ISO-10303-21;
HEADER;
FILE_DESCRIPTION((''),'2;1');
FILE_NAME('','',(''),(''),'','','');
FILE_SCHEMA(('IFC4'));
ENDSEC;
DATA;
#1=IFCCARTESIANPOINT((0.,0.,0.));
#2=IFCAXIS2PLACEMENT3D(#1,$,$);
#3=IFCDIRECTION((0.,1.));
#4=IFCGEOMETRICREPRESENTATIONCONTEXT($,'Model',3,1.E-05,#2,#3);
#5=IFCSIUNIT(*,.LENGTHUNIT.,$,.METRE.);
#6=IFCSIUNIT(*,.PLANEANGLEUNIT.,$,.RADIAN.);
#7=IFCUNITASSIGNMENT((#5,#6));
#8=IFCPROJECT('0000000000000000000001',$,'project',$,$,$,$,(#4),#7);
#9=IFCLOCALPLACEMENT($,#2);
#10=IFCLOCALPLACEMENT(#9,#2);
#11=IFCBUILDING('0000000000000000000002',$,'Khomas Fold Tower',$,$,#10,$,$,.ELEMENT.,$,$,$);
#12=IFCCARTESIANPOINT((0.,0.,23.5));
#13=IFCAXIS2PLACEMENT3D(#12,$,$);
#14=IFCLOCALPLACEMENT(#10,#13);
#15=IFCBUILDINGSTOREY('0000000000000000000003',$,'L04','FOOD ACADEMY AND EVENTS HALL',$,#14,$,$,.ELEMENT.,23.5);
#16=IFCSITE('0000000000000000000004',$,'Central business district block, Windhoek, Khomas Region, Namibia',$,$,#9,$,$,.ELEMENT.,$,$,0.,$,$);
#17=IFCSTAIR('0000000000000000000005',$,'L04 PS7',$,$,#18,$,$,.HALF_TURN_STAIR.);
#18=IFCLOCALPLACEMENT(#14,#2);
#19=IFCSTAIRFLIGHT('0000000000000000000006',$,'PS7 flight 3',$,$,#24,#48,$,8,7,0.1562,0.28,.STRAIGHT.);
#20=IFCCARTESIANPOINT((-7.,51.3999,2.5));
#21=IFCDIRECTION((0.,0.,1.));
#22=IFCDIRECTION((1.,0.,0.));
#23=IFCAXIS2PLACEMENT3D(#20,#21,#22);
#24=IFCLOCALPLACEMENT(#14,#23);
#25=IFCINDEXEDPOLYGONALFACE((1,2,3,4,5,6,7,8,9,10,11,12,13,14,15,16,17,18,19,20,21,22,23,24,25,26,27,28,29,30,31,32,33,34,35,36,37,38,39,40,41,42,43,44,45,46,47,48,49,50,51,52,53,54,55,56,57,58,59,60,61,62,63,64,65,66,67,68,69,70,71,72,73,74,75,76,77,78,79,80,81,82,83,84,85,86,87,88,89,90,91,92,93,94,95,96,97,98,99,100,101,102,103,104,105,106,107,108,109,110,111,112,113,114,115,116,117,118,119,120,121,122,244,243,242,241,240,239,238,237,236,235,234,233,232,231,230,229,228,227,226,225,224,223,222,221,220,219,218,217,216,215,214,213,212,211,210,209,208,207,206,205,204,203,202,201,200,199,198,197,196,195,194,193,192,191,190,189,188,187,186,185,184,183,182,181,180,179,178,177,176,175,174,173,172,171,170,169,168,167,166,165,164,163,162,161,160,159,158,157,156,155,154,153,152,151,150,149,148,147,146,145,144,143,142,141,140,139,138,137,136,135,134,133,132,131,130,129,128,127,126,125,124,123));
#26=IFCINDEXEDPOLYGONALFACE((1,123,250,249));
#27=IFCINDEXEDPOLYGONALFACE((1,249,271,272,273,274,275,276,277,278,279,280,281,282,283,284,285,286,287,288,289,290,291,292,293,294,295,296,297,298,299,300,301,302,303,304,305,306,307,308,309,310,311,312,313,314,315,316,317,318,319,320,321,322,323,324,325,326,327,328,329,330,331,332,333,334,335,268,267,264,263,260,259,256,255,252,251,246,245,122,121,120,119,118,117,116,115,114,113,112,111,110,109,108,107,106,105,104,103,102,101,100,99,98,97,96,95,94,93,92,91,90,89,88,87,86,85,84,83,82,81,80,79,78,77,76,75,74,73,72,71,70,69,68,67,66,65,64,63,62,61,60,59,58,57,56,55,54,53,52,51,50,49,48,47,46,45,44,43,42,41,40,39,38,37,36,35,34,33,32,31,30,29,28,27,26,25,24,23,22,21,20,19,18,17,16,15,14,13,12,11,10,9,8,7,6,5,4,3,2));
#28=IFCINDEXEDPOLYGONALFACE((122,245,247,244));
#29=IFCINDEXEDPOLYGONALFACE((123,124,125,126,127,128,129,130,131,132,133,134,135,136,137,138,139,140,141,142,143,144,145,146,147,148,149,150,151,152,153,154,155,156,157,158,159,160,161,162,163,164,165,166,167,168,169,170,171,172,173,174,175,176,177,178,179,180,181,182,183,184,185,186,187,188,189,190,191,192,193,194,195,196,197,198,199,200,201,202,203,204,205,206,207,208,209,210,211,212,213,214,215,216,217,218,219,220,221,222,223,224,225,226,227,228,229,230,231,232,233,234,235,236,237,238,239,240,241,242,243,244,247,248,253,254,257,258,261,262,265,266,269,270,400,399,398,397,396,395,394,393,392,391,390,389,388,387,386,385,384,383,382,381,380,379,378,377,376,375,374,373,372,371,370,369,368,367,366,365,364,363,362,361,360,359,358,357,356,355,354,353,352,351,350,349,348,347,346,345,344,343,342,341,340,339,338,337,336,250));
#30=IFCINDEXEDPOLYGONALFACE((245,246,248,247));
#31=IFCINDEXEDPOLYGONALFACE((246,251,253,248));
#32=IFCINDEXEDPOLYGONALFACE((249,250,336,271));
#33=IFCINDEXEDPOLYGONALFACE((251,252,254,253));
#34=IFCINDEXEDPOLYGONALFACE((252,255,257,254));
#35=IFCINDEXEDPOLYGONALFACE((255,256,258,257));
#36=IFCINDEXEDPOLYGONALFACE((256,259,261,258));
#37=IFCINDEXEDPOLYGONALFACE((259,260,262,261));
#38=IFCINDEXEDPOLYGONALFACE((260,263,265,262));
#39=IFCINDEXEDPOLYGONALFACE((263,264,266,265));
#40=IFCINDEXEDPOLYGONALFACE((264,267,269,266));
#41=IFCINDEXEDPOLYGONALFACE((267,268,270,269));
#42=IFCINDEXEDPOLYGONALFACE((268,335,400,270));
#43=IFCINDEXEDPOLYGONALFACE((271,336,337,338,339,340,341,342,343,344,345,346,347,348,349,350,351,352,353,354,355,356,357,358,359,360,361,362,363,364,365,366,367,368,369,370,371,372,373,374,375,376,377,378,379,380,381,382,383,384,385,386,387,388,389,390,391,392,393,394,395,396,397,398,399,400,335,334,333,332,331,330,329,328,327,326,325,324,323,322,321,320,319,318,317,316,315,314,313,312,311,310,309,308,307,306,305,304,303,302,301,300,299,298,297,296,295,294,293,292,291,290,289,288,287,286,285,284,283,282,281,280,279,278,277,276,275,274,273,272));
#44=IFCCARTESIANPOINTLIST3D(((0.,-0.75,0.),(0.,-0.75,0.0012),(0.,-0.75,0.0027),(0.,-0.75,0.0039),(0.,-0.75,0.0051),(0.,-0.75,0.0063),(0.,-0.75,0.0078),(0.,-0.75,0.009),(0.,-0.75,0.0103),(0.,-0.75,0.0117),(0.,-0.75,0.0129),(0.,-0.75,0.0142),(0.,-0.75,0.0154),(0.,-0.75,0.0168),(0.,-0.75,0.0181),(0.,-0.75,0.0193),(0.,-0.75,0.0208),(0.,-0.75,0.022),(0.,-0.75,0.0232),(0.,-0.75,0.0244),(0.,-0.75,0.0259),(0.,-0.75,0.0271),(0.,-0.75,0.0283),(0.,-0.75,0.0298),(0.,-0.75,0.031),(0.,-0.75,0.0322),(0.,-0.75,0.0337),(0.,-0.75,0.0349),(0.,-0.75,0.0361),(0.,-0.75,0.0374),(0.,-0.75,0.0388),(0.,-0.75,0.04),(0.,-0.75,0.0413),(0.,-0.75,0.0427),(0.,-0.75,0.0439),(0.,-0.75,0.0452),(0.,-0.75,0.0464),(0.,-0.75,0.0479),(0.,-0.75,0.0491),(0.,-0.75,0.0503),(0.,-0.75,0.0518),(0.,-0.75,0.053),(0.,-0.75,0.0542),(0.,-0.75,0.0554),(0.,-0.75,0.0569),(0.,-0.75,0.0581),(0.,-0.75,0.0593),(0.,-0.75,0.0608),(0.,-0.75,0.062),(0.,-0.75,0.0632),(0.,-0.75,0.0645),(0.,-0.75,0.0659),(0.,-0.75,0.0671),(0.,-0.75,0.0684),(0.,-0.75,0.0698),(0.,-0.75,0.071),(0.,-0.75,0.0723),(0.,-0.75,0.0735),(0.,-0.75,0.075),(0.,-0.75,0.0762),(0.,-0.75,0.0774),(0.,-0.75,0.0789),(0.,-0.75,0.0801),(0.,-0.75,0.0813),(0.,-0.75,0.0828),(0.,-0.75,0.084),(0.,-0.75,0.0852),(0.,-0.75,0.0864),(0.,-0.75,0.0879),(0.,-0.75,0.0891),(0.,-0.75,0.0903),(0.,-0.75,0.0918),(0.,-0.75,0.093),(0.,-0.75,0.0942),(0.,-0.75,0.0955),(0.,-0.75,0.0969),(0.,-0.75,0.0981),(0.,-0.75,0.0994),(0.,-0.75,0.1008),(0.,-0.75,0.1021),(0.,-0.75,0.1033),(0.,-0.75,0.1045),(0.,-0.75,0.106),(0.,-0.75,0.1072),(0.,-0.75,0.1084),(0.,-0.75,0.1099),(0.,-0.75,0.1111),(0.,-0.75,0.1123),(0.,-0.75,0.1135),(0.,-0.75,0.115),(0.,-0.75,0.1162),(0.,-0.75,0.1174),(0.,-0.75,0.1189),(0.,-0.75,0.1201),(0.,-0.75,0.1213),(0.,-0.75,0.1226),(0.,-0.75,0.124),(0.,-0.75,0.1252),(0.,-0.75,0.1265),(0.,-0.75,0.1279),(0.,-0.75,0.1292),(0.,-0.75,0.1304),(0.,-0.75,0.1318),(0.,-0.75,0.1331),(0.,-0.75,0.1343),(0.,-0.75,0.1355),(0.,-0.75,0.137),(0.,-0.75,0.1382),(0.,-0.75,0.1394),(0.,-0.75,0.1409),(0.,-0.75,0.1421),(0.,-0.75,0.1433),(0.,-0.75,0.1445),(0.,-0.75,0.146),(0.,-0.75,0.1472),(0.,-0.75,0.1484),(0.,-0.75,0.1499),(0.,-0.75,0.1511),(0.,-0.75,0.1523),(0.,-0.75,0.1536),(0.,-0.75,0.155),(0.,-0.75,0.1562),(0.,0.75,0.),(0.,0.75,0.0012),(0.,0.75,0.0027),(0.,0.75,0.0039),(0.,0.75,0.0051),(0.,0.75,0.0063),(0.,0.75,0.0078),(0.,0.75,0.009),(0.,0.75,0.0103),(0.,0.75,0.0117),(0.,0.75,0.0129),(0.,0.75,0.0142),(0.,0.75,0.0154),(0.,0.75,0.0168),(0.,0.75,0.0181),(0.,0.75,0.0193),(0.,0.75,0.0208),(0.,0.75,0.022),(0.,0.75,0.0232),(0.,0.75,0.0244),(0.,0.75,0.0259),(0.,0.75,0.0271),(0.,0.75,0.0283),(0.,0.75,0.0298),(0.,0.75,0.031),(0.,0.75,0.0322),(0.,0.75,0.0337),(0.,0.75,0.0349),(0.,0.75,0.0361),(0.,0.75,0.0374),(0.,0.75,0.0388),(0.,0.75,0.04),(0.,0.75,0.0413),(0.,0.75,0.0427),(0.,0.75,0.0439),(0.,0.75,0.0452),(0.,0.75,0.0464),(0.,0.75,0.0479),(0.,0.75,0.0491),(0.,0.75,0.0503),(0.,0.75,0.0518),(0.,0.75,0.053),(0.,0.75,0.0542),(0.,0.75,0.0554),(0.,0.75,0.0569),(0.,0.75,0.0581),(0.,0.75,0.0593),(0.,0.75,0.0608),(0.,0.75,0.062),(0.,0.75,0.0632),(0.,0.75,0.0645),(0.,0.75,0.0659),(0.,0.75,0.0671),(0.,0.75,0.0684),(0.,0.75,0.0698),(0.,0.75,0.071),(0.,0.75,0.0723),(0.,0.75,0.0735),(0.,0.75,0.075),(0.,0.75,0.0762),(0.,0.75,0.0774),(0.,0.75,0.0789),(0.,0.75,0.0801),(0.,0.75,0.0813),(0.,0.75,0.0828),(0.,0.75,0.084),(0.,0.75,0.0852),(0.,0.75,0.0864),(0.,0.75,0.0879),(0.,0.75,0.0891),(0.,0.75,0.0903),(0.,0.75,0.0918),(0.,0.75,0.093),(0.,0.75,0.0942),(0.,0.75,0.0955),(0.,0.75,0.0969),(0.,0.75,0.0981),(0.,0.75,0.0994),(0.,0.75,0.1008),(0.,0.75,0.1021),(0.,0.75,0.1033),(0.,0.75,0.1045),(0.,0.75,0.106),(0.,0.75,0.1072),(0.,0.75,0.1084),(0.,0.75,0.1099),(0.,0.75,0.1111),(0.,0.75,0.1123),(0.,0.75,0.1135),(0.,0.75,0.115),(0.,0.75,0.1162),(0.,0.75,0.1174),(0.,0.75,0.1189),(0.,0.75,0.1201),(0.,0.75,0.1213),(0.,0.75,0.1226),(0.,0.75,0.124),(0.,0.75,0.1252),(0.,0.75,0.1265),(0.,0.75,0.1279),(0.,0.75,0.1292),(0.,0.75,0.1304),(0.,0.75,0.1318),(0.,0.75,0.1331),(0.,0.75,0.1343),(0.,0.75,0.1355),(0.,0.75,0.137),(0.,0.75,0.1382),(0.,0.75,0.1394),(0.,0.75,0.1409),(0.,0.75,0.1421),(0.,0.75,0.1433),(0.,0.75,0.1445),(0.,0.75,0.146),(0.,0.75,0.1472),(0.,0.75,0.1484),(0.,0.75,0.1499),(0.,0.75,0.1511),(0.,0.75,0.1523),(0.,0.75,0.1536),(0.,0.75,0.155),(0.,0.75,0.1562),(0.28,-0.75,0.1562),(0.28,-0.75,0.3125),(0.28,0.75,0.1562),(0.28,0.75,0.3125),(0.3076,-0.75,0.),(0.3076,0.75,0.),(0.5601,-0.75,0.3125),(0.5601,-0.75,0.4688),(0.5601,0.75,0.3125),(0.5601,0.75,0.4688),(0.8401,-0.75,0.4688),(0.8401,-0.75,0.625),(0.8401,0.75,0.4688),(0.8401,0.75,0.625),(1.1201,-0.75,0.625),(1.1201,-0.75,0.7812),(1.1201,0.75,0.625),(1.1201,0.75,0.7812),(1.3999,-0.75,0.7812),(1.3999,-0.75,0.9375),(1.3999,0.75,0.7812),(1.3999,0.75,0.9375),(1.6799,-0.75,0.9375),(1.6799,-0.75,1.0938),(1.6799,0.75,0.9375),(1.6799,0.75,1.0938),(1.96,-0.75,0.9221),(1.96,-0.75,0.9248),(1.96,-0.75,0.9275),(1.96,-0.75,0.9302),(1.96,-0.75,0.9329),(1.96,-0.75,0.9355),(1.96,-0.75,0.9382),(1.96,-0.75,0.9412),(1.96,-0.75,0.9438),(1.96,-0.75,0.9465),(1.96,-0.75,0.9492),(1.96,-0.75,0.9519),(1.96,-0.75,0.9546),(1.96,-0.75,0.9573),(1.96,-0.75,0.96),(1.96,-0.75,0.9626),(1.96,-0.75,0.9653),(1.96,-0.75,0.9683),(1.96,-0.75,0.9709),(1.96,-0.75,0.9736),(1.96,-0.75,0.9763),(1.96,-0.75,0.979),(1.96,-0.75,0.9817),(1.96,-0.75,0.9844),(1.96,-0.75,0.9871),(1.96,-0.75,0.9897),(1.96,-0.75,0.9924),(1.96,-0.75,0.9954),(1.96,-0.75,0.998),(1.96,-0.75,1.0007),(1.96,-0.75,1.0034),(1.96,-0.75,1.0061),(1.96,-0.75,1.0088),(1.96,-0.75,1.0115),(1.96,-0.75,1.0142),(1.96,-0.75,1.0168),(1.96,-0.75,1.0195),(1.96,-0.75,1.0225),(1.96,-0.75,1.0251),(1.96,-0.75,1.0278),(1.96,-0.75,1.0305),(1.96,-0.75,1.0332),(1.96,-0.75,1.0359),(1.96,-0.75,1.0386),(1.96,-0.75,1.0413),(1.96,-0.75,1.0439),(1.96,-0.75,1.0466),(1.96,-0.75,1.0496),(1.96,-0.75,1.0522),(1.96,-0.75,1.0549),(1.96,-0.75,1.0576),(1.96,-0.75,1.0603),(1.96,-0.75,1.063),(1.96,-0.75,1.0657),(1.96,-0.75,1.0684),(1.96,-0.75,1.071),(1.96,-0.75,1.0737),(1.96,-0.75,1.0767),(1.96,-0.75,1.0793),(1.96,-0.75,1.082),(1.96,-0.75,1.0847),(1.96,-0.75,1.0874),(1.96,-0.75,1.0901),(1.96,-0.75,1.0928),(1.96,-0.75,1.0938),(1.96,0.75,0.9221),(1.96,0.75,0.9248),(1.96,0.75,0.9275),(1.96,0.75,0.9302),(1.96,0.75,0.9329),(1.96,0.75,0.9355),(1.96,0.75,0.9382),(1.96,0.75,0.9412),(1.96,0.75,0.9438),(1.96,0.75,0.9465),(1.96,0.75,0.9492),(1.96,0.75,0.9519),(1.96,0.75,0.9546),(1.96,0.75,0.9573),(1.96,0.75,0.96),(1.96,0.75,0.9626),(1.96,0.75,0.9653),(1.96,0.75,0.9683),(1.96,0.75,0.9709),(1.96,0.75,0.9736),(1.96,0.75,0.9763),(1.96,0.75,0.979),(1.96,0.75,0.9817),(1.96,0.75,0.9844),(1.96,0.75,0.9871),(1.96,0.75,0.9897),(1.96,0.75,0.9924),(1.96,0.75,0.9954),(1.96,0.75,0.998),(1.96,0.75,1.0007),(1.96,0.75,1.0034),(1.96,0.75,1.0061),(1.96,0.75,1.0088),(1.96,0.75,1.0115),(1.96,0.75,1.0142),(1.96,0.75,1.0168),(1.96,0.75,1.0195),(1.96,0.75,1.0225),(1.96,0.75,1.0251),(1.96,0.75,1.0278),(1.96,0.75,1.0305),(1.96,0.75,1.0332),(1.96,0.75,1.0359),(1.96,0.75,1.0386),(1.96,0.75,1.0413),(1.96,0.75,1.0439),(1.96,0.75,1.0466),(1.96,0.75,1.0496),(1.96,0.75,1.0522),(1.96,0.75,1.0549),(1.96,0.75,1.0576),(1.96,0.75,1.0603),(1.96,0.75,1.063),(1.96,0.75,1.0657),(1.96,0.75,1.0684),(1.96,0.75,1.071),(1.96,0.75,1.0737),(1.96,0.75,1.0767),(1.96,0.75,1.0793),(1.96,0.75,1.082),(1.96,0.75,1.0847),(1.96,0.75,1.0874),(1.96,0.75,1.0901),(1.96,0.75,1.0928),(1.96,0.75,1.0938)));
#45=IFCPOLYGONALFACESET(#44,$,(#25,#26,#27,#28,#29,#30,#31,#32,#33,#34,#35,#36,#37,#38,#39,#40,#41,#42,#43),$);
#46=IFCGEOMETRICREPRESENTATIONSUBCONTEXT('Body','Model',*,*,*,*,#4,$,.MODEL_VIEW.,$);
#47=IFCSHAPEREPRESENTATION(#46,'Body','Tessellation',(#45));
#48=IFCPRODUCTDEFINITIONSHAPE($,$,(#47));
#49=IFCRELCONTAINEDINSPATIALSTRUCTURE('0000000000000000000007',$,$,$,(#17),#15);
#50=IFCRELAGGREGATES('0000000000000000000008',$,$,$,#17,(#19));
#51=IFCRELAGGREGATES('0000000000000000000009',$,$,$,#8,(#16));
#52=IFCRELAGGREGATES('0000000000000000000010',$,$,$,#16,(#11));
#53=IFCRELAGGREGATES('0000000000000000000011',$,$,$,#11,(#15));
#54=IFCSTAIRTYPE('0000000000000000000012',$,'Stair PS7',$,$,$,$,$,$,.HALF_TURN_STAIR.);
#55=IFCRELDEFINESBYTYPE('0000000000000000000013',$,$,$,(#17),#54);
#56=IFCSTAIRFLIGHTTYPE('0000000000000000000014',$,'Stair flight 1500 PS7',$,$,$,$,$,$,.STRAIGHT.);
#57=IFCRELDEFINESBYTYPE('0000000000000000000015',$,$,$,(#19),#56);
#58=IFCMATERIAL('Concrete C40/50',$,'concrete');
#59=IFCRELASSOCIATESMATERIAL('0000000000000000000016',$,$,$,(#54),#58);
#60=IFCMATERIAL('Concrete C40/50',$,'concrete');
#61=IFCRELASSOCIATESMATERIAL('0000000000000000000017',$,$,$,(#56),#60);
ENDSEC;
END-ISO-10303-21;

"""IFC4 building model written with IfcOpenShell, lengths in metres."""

from ifc_helpers import new_model, si_unit, direction, frame, origin, place, context, subcontext, project, spatial, polyline, outline, extrude, source, transform, mapped, material, type_object, element, aggregate, save


model = new_model("IFC4")

# Units and contexts
model_context = context("Model", 3, precision=1e-05, world=origin(), true_north=direction((0.0, 1.0)))
body_context = subcontext(model_context, "Body", "Model", "MODEL_VIEW")
ifc_project = project(units=[si_unit("LENGTHUNIT", "METRE"), si_unit("PLANEANGLEUNIT", "RADIAN")], contexts=[model_context])

# Site, building, storey
site_placement = place(None, origin())
site = spatial("IfcSite", under=ifc_project, at=site_placement, Name="Central business district block, Windhoek, Khomas Region, Namibia", CompositionType="ELEMENT", RefElevation=0.0)
building_placement = place(site_placement, origin())
building = spatial("IfcBuilding", under=site, at=building_placement, Name="Khomas Fold Tower", CompositionType="ELEMENT")
storey_placement = place(building_placement, frame((0.0, 0.0, 23.5)))
storey = spatial("IfcBuildingStorey", under=building, at=storey_placement, Name="L04", Description="FOOD ACADEMY AND EVENTS HALL", CompositionType="ELEMENT", Elevation=23.5)

# Stair, stair flight
ifc_material_1 = material(Name="Concrete C40/50", Category="concrete")
stair_type_1 = type_object("IfcStairType", Name="Stair PS7", PredefinedType="HALF_TURN_STAIR", material=ifc_material_1)
stair_1_placement = place(storey_placement, origin())
stair_1 = element("IfcStair", 1, at=stair_1_placement, inside=storey, type_object=stair_type_1, Name="L04 PS7", PredefinedType="HALF_TURN_STAIR")
ifc_material_2 = material(Name="Concrete C40/50", Category="concrete")
stair_flight_type_1 = type_object("IfcStairFlightType", Name="Stair flight 1500 PS7", PredefinedType="STRAIGHT", material=ifc_material_2)
shared_shape_1 = source(origin(), body_context, "Body", "SweptSolid", [
    extrude(outline(polyline([(0.0, 0.0), (0.0, 0.0012), (0.0, 0.0027), (0.0, 0.0039), (0.0, 0.0051), (0.0, 0.0063), (0.0, 0.0078), (0.0, 0.009), (0.0, 0.0103), (0.0, 0.0117), (0.0, 0.0129), (0.0, 0.0142), (0.0, 0.0154), (0.0, 0.0168), (0.0, 0.0181), (0.0, 0.0193), (0.0, 0.0208), (0.0, 0.022), (0.0, 0.0232), (0.0, 0.0244), (0.0, 0.0259), (0.0, 0.0271), (0.0, 0.0283), (0.0, 0.0298), (0.0, 0.031), (0.0, 0.0322), (0.0, 0.0337), (0.0, 0.0349), (0.0, 0.0361), (0.0, 0.0374), (0.0, 0.0388), (0.0, 0.04), (0.0, 0.0413), (0.0, 0.0427), (0.0, 0.0439), (0.0, 0.0452), (0.0, 0.0464), (0.0, 0.0479), (0.0, 0.0491), (0.0, 0.0503), (0.0, 0.0518), (0.0, 0.053), (0.0, 0.0542), (0.0, 0.0554), (0.0, 0.0569), (0.0, 0.0581), (0.0, 0.0593), (0.0, 0.0608), (0.0, 0.062), (0.0, 0.0632), (0.0, 0.0645), (0.0, 0.0659), (0.0, 0.0671), (0.0, 0.0684), (0.0, 0.0698), (0.0, 0.071), (0.0, 0.0723), (0.0, 0.0735), (0.0, 0.075), (0.0, 0.0762), (0.0, 0.0774), (0.0, 0.0789), (0.0, 0.0801), (0.0, 0.0813), (0.0, 0.0828), (0.0, 0.084), (0.0, 0.0852), (0.0, 0.0864), (0.0, 0.0879), (0.0, 0.0891), (0.0, 0.0903), (0.0, 0.0918), (0.0, 0.093), (0.0, 0.0942), (0.0, 0.0955), (0.0, 0.0969), (0.0, 0.0981), (0.0, 0.0994), (0.0, 0.1008), (0.0, 0.1021), (0.0, 0.1033), (0.0, 0.1045), (0.0, 0.106), (0.0, 0.1072), (0.0, 0.1084), (0.0, 0.1099), (0.0, 0.1111), (0.0, 0.1123), (0.0, 0.1135), (0.0, 0.115), (0.0, 0.1162), (0.0, 0.1174), (0.0, 0.1189), (0.0, 0.1201), (0.0, 0.1213), (0.0, 0.1226), (0.0, 0.124), (0.0, 0.1252), (0.0, 0.1265), (0.0, 0.1279), (0.0, 0.1292), (0.0, 0.1304), (0.0, 0.1318), (0.0, 0.1331), (0.0, 0.1343), (0.0, 0.1355), (0.0, 0.137), (0.0, 0.1382), (0.0, 0.1394), (0.0, 0.1409), (0.0, 0.1421), (0.0, 0.1433), (0.0, 0.1445), (0.0, 0.146), (0.0, 0.1472), (0.0, 0.1484), (0.0, 0.1499), (0.0, 0.1511), (0.0, 0.1523), (0.0, 0.1536), (0.0, 0.155), (0.0, 0.1562), (0.28, 0.1562), (0.28, 0.3125), (0.5601, 0.3125), (0.5601, 0.4688), (0.8401, 0.4688), (0.8401, 0.625), (1.1201, 0.625), (1.1201, 0.7812), (1.3999, 0.7812), (1.3999, 0.9375), (1.6799, 0.9375), (1.6799, 1.0938), (1.96, 1.0938), (1.96, 1.25), (1.96, 1.2473), (1.96, 1.2446), (1.96, 1.2419), (1.96, 1.2393), (1.96, 1.2363), (1.96, 1.2336), (1.96, 1.231), (1.96, 1.2283), (1.96, 1.2256), (1.96, 1.2229), (1.96, 1.2202), (1.96, 1.2175), (1.96, 1.2148), (1.96, 1.2122), (1.96, 1.2092), (1.96, 1.2065), (1.96, 1.2039), (1.96, 1.2012), (1.96, 1.1985), (1.96, 1.1958), (1.96, 1.1931), (1.96, 1.1904), (1.96, 1.1877), (1.96, 1.1851), (1.96, 1.1821), (1.96, 1.1794), (1.96, 1.1768), (1.96, 1.1741), (1.96, 1.1714), (1.96, 1.1687), (1.96, 1.166), (1.96, 1.1633), (1.96, 1.1606), (1.96, 1.158), (1.96, 1.155), (1.96, 1.1523), (1.96, 1.1497), (1.96, 1.147), (1.96, 1.1443), (1.96, 1.1416), (1.96, 1.1389), (1.96, 1.1362), (1.96, 1.1335), (1.96, 1.1309), (1.96, 1.1279), (1.96, 1.1252), (1.96, 1.1226), (1.96, 1.1199), (1.96, 1.1172), (1.96, 1.1145), (1.96, 1.1118), (1.96, 1.1091), (1.96, 1.1064), (1.96, 1.1038), (1.96, 1.1008), (1.96, 1.0981), (1.96, 1.0955), (1.96, 1.0928), (1.96, 1.0901), (1.96, 1.0874), (1.96, 1.0847), (1.96, 1.082), (1.96, 1.0793), (1.96, 1.0767), (1.96, 1.0737), (1.96, 1.071), (1.96, 1.0684), (1.96, 1.0657), (1.96, 1.063), (1.96, 1.0603), (1.96, 1.0576), (1.96, 1.0549), (1.96, 1.0522), (1.96, 1.0496), (1.96, 1.0466), (1.96, 1.0439), (1.96, 1.0413), (1.96, 1.0386), (1.96, 1.0359), (1.96, 1.0332), (1.96, 1.0305), (1.96, 1.0278), (1.96, 1.0251), (1.96, 1.0225), (1.96, 1.0195), (1.96, 1.0168), (1.96, 1.0142), (1.96, 1.0115), (1.96, 1.0088), (1.96, 1.0061), (1.96, 1.0034), (1.96, 1.0007), (1.96, 0.998), (1.96, 0.9954), (1.96, 0.9924), (1.96, 0.9897), (1.96, 0.9871), (1.96, 0.9844), (1.96, 0.9817), (1.96, 0.979), (1.96, 0.9763), (1.96, 0.9736), (1.96, 0.9709), (1.96, 0.9683), (1.96, 0.9653), (1.96, 0.9626), (1.96, 0.96), (1.96, 0.9573), (1.96, 0.9546), (1.96, 0.9519), (1.96, 0.9492), (1.96, 0.9465), (1.96, 0.9438), (1.96, 0.9412), (1.96, 0.9382), (1.96, 0.9355), (1.96, 0.9329), (1.96, 0.9302), (1.96, 0.9275), (1.96, 0.9248), (1.96, 0.9221), (0.3076, 0.0), (0.0, 0.0)])), frame((0.0, 0.75, 0.0), z_axis=(0.0, -1.0, 0.0), x_axis=(1.0, 0.0, 0.0)), (0.0, 0.0, 1.0), 1.5),
])
stair_flight_1_placement = place(storey_placement, frame((-7.0, 51.3999, 2.5), z_axis=(0.0, 0.0, 1.0), x_axis=(1.0, 0.0, 0.0)))
stair_flight_1 = element("IfcStairFlight", 2, at=stair_flight_1_placement, type_object=stair_flight_type_1, Name="PS7 flight 3", NumberOfRisers=8, NumberOfTreads=7, PredefinedType="STRAIGHT", RiserHeight=0.1562, TreadLength=0.28, context=body_context, shape_type="MappedRepresentation", body=[
    mapped(shared_shape_1, transform((0.0, 0.0, 0.0))),
])
aggregate(stair_1, [stair_flight_1])

save(model, "model.ifc")
